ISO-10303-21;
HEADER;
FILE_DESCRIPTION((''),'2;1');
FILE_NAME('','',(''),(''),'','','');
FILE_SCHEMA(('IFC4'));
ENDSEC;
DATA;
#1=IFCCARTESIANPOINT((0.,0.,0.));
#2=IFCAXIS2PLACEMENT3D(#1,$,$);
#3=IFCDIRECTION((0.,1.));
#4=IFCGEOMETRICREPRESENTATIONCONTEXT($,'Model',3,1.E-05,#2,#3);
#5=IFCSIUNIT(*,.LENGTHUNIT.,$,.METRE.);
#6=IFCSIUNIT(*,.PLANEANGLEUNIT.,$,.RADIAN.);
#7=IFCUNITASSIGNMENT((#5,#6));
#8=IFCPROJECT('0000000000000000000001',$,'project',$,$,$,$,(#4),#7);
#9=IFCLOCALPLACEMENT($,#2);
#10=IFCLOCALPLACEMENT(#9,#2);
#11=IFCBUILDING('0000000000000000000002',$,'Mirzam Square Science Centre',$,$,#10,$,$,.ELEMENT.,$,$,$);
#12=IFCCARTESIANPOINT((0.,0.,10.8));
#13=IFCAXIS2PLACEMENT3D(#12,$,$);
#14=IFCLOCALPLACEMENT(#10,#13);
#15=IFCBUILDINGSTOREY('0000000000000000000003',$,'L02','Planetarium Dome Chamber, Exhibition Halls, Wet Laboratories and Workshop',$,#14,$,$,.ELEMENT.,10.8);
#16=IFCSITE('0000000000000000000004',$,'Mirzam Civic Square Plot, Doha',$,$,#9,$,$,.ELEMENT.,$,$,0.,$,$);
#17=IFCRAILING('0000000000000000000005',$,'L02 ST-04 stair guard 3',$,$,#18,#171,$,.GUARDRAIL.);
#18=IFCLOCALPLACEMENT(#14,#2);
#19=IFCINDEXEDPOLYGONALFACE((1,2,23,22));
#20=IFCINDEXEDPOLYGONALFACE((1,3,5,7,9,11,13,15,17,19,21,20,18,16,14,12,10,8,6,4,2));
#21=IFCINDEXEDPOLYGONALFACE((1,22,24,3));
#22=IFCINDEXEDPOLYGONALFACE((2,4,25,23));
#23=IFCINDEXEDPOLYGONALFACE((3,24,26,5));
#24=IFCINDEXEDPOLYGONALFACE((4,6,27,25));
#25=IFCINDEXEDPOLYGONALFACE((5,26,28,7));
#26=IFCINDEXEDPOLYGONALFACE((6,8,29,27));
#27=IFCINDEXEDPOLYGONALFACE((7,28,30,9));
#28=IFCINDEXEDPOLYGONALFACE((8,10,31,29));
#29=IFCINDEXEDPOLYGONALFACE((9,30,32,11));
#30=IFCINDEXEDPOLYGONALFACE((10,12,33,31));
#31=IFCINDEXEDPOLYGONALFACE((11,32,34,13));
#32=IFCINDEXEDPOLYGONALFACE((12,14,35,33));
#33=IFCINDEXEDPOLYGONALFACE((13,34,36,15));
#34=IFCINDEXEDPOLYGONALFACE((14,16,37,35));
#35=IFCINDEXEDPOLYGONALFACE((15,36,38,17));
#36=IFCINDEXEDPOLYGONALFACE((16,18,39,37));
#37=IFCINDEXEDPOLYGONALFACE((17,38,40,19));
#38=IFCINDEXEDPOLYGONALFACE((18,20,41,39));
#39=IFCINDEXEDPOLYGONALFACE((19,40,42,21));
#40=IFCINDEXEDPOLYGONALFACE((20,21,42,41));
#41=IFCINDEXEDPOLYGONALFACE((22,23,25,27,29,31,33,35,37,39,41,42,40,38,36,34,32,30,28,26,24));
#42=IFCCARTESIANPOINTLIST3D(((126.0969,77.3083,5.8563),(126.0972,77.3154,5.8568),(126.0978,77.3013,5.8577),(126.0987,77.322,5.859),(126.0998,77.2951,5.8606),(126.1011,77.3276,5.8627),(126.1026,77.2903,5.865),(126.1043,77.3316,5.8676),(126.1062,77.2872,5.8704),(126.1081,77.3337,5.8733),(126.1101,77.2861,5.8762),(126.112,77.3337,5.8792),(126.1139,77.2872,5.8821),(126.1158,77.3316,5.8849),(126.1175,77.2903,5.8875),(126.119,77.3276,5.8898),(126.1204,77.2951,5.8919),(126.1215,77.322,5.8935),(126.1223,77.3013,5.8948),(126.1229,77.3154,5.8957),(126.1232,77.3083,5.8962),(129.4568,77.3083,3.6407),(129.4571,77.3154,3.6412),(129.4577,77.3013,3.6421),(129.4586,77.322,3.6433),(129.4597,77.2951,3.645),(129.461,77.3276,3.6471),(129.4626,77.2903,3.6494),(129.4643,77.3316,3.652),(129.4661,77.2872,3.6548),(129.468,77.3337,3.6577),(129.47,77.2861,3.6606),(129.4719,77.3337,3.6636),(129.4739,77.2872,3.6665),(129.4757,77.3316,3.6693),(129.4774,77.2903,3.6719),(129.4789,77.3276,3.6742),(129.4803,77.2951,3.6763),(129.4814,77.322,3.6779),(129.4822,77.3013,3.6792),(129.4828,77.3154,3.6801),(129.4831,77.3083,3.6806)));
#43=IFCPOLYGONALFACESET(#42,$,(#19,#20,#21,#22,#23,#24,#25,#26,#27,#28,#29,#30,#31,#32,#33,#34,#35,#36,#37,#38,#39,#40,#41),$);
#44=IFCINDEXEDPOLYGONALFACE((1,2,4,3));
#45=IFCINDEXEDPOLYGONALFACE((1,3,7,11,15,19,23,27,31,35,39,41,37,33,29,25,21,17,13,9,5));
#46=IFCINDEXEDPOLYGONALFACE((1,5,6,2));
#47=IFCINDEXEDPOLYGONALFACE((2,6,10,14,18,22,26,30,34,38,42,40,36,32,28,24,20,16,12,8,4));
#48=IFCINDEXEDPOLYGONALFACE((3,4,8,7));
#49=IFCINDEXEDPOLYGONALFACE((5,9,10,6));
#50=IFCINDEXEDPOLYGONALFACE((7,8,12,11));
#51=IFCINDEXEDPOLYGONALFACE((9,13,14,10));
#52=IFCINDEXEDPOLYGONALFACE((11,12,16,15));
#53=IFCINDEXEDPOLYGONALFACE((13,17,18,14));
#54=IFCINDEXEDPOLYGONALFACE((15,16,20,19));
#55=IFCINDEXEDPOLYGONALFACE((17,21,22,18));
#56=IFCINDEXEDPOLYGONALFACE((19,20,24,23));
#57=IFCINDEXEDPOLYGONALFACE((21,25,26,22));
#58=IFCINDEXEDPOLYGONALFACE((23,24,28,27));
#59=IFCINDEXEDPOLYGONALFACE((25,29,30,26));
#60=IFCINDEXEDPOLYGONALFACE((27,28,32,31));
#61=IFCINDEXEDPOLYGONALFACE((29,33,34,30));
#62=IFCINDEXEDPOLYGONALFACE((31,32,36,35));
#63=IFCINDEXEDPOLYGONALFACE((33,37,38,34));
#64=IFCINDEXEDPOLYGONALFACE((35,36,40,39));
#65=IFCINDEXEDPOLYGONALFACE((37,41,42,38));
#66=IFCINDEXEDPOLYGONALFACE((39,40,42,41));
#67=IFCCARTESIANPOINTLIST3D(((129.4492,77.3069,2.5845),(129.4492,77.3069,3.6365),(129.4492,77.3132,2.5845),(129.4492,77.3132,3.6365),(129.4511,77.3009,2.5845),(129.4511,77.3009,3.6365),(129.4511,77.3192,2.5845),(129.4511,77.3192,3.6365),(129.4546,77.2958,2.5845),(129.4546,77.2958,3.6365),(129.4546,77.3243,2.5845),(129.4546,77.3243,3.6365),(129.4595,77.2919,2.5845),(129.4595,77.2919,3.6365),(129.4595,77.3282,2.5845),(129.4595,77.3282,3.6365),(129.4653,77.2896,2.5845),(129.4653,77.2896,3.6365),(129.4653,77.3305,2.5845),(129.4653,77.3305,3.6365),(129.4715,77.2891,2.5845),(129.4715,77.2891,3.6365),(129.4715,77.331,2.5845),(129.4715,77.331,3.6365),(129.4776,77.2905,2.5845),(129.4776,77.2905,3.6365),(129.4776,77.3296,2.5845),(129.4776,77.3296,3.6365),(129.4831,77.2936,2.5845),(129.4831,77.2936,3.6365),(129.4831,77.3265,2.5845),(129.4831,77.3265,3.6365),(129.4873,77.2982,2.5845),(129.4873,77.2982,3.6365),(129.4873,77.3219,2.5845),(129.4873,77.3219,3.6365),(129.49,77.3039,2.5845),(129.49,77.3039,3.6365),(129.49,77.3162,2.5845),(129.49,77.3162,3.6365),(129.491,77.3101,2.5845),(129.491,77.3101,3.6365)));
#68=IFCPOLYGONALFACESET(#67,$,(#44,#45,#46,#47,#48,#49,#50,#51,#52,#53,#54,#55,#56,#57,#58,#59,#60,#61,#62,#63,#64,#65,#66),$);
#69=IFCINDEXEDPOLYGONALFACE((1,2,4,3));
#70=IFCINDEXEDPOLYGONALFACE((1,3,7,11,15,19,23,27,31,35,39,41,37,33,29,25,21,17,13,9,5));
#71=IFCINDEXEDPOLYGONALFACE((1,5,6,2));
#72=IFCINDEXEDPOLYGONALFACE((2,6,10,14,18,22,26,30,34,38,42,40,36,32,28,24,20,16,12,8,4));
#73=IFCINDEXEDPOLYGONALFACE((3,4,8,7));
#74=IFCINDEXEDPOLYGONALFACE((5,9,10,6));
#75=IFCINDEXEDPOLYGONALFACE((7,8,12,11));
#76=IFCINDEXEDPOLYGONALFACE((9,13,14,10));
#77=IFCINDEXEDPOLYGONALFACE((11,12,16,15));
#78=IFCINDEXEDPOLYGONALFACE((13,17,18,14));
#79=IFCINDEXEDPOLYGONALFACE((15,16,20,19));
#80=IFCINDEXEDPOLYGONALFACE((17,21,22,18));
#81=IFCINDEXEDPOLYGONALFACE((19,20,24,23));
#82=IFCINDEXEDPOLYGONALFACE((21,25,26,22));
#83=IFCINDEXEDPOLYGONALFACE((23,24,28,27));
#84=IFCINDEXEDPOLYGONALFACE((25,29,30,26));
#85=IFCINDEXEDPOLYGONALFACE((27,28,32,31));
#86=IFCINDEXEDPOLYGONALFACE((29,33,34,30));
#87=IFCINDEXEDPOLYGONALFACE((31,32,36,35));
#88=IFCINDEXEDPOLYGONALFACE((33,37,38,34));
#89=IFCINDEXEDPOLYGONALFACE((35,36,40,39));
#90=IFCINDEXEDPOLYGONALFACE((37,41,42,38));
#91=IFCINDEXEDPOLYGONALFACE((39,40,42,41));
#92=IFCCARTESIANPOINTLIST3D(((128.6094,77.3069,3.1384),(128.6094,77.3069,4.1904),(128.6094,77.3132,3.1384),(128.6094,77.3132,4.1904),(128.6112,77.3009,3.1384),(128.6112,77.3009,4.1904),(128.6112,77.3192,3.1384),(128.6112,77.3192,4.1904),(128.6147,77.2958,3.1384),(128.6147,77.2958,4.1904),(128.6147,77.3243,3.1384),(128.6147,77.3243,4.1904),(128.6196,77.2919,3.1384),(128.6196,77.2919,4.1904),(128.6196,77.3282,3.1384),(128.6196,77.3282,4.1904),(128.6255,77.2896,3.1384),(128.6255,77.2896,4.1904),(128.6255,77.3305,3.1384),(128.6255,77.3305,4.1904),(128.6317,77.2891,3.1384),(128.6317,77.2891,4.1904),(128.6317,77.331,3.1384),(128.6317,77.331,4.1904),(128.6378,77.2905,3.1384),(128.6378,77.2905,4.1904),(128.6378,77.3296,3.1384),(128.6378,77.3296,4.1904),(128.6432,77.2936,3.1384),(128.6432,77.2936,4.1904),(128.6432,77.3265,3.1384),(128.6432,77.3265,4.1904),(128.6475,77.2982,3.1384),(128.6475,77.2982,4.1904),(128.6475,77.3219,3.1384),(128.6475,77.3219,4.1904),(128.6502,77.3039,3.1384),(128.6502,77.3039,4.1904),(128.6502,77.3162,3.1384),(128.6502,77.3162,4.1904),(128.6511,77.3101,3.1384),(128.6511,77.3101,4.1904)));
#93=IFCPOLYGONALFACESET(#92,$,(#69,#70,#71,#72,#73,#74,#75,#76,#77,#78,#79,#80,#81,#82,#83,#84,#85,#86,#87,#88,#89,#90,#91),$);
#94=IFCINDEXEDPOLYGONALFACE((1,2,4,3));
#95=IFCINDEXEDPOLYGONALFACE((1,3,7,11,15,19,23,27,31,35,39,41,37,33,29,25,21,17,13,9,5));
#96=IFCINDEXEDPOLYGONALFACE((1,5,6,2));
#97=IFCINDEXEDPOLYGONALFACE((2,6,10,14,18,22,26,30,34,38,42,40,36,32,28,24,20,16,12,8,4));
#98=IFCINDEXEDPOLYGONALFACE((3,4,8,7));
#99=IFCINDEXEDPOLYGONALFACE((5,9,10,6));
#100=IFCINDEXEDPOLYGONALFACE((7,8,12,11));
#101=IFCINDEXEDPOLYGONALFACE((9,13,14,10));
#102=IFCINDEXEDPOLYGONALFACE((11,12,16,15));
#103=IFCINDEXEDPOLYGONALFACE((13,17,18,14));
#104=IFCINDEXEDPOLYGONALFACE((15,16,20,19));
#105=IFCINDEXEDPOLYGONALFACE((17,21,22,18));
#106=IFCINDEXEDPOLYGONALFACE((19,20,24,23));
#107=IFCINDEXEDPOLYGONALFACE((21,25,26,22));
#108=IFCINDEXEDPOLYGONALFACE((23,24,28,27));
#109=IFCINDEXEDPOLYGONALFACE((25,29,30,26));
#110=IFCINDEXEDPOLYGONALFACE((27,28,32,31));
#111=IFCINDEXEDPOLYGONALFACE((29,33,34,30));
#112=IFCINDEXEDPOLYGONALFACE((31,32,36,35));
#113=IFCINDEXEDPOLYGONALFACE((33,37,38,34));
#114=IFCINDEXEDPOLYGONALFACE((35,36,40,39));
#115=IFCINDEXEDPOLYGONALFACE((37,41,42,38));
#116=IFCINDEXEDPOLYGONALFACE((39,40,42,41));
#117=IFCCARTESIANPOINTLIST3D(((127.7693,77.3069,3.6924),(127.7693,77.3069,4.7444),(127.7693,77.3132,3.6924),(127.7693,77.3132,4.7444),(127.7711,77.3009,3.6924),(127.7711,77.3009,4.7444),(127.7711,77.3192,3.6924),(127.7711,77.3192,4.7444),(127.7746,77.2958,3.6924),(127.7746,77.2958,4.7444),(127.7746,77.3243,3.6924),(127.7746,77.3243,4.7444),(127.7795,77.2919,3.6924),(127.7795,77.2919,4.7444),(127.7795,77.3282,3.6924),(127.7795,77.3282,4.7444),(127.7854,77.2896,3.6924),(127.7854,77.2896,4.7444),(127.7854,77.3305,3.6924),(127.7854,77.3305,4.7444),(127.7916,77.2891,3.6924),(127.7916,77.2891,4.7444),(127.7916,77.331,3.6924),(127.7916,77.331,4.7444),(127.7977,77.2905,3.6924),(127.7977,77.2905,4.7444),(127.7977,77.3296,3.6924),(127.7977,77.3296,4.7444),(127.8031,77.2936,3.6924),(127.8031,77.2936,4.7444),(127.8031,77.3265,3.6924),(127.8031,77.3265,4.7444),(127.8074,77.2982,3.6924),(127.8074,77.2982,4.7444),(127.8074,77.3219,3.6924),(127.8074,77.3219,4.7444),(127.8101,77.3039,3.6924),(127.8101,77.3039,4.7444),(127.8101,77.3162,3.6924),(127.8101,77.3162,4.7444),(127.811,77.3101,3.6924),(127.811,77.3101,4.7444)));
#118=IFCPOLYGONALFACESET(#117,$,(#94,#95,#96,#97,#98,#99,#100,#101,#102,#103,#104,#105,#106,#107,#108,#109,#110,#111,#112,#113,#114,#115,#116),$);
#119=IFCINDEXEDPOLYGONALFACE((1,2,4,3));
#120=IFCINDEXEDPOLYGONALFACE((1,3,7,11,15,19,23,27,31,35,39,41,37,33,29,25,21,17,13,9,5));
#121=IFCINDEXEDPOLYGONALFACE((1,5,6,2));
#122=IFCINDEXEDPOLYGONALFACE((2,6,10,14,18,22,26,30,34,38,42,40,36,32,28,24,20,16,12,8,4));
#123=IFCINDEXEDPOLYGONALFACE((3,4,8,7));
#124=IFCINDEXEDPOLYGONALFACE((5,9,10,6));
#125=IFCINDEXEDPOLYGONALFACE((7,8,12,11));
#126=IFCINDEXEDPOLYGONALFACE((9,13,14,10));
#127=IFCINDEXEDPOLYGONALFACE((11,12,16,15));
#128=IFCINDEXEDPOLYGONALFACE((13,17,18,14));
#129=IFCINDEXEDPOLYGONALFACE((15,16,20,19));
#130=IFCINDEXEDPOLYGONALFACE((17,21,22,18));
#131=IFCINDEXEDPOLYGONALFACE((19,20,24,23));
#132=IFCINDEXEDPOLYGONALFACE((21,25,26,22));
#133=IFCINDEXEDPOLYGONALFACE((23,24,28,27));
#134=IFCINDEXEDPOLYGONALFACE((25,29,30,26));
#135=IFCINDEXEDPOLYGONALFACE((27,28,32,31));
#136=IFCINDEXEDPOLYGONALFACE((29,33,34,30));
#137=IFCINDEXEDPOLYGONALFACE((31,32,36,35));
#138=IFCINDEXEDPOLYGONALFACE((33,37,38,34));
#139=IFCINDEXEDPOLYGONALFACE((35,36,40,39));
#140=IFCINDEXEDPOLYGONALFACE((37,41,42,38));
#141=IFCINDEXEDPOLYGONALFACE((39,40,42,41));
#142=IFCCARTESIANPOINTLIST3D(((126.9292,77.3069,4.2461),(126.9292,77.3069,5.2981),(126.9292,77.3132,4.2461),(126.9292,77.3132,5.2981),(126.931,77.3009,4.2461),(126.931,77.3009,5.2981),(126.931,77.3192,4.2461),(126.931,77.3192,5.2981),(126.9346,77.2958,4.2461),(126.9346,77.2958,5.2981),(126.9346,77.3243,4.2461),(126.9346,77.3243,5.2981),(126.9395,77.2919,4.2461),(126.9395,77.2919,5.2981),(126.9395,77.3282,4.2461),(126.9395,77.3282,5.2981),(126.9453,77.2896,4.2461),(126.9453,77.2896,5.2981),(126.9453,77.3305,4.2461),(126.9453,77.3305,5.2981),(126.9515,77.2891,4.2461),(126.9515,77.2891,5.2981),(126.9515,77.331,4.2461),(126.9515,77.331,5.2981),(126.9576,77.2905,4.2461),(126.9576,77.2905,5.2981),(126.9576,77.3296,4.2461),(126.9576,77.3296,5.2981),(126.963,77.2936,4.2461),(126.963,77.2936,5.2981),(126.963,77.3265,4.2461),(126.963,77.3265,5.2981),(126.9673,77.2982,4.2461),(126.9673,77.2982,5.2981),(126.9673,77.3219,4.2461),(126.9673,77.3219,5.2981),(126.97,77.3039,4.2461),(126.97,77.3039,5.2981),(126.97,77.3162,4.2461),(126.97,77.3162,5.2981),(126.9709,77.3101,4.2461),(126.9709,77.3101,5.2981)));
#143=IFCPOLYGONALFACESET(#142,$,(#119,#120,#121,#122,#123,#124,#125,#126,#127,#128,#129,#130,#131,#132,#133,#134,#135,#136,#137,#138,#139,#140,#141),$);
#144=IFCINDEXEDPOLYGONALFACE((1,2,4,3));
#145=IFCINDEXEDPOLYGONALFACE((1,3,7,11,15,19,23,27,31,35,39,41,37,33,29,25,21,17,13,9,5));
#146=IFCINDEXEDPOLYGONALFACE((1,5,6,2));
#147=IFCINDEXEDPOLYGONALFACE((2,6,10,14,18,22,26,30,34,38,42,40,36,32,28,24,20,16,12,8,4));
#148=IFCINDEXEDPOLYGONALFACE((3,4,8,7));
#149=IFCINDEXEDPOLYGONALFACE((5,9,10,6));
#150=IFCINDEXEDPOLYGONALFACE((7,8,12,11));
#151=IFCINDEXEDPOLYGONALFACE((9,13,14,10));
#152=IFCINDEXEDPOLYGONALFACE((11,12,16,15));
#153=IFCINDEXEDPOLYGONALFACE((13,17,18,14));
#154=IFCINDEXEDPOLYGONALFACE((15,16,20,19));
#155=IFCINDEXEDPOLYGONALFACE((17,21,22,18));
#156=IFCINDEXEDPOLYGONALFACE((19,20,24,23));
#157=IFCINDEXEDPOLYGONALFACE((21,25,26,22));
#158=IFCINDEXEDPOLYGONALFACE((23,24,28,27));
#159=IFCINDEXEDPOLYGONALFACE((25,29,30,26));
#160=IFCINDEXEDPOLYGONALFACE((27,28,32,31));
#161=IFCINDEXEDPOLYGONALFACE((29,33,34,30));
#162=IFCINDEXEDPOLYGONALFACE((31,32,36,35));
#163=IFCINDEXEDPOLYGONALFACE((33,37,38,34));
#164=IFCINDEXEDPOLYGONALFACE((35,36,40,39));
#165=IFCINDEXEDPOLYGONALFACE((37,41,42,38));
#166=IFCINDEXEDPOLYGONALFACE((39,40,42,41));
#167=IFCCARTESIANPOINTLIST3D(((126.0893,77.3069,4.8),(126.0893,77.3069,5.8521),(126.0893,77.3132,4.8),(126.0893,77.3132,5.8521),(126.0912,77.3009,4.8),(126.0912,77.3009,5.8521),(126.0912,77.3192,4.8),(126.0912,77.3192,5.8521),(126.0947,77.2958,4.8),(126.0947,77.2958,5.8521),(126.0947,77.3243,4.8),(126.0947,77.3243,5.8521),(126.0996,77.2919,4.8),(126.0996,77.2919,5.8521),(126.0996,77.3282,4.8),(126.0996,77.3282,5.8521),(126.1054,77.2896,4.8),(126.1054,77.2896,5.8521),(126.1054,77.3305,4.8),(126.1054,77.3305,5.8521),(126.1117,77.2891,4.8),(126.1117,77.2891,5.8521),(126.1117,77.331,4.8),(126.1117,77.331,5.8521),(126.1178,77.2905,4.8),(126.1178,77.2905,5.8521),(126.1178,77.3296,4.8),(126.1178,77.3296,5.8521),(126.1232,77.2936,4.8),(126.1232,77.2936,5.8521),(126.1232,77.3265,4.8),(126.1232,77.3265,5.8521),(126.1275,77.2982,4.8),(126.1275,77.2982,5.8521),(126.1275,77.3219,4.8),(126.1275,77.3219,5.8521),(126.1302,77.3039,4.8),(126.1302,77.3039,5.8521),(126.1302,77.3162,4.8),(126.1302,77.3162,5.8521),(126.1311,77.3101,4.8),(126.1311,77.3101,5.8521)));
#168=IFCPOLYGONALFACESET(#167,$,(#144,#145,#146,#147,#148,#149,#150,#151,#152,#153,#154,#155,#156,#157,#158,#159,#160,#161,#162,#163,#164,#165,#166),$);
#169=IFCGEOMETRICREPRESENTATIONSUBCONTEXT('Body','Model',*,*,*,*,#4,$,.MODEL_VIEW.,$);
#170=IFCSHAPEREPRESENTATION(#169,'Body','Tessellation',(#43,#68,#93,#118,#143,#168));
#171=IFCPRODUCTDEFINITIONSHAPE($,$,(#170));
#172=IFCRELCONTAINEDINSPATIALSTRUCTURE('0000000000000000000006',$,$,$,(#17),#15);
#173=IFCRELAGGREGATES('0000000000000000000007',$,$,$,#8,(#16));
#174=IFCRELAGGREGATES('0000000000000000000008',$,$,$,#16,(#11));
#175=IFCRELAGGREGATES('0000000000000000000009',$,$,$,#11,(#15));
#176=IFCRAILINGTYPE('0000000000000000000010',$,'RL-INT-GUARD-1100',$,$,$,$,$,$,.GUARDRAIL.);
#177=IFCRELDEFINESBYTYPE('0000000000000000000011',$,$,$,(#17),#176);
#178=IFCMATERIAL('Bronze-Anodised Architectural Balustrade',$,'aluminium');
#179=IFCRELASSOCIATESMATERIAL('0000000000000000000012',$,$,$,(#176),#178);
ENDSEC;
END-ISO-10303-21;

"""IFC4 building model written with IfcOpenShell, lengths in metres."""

from ifc_helpers import new_model, si_unit, direction, frame, origin, origin_2d, place, context, subcontext, project, spatial, circle, extrude, material, type_object, element, save


model = new_model("IFC4")

# Units and contexts
model_context = context("Model", 3, precision=1e-05, world=origin(), true_north=direction((0.0, 1.0)))
body_context = subcontext(model_context, "Body", "Model", "MODEL_VIEW")
ifc_project = project(units=[si_unit("LENGTHUNIT", "METRE"), si_unit("PLANEANGLEUNIT", "RADIAN")], contexts=[model_context])

# Site, building, storey
site_placement = place(None, origin())
site = spatial("IfcSite", under=ifc_project, at=site_placement, Name="Mirzam Civic Square Plot, Doha", CompositionType="ELEMENT", RefElevation=0.0)
building_placement = place(site_placement, origin())
building = spatial("IfcBuilding", under=site, at=building_placement, Name="Mirzam Square Science Centre", CompositionType="ELEMENT")
storey_placement = place(building_placement, frame((0.0, 0.0, 10.8)))
storey = spatial("IfcBuildingStorey", under=building, at=storey_placement, Name="L02", Description="Planetarium Dome Chamber, Exhibition Halls, Wet Laboratories and Workshop", CompositionType="ELEMENT", Elevation=10.8)

# Railing
ifc_material_1 = material(Name="Bronze-Anodised Architectural Balustrade", Category="aluminium")
railing_type_1 = type_object("IfcRailingType", Name="RL-INT-GUARD-1100", PredefinedType="GUARDRAIL", material=ifc_material_1)
railing_1_placement = place(storey_placement, frame((129.47, 77.3101, 2.5845)))
element("IfcRailing", 1, at=railing_1_placement, inside=storey, type_object=railing_type_1, Name="L02 ST-04 stair guard 3", PredefinedType="GUARDRAIL", context=body_context, shape_type="SweptSolid", body=[
    extrude(circle(Radius=0.0239, at=origin_2d()), frame((0.0, 0.0, 1.0762), z_axis=(-0.83483, 0.0, 0.550508), x_axis=(0.0, -1.0, 0.0)), (0.0, 0.0, 1.0), 4.0247),
    extrude(circle(Radius=0.021, at=origin_2d()), origin(), (0.0, 0.0, 1.0), 1.052),
    extrude(circle(Radius=0.021, at=origin_2d()), frame((-0.8398, 0.0, 0.554)), (0.0, 0.0, 1.0), 1.052),
    extrude(circle(Radius=0.021, at=origin_2d()), frame((-1.6799, 0.0, 1.1079)), (0.0, 0.0, 1.0), 1.052),
    extrude(circle(Radius=0.021, at=origin_2d()), frame((-2.52, 0.0, 1.6616)), (0.0, 0.0, 1.0), 1.052),
    extrude(circle(Radius=0.021, at=origin_2d()), frame((-3.3599, 0.0, 2.2156)), (0.0, 0.0, 1.0), 1.052),
])

save(model, "model.ifc")
